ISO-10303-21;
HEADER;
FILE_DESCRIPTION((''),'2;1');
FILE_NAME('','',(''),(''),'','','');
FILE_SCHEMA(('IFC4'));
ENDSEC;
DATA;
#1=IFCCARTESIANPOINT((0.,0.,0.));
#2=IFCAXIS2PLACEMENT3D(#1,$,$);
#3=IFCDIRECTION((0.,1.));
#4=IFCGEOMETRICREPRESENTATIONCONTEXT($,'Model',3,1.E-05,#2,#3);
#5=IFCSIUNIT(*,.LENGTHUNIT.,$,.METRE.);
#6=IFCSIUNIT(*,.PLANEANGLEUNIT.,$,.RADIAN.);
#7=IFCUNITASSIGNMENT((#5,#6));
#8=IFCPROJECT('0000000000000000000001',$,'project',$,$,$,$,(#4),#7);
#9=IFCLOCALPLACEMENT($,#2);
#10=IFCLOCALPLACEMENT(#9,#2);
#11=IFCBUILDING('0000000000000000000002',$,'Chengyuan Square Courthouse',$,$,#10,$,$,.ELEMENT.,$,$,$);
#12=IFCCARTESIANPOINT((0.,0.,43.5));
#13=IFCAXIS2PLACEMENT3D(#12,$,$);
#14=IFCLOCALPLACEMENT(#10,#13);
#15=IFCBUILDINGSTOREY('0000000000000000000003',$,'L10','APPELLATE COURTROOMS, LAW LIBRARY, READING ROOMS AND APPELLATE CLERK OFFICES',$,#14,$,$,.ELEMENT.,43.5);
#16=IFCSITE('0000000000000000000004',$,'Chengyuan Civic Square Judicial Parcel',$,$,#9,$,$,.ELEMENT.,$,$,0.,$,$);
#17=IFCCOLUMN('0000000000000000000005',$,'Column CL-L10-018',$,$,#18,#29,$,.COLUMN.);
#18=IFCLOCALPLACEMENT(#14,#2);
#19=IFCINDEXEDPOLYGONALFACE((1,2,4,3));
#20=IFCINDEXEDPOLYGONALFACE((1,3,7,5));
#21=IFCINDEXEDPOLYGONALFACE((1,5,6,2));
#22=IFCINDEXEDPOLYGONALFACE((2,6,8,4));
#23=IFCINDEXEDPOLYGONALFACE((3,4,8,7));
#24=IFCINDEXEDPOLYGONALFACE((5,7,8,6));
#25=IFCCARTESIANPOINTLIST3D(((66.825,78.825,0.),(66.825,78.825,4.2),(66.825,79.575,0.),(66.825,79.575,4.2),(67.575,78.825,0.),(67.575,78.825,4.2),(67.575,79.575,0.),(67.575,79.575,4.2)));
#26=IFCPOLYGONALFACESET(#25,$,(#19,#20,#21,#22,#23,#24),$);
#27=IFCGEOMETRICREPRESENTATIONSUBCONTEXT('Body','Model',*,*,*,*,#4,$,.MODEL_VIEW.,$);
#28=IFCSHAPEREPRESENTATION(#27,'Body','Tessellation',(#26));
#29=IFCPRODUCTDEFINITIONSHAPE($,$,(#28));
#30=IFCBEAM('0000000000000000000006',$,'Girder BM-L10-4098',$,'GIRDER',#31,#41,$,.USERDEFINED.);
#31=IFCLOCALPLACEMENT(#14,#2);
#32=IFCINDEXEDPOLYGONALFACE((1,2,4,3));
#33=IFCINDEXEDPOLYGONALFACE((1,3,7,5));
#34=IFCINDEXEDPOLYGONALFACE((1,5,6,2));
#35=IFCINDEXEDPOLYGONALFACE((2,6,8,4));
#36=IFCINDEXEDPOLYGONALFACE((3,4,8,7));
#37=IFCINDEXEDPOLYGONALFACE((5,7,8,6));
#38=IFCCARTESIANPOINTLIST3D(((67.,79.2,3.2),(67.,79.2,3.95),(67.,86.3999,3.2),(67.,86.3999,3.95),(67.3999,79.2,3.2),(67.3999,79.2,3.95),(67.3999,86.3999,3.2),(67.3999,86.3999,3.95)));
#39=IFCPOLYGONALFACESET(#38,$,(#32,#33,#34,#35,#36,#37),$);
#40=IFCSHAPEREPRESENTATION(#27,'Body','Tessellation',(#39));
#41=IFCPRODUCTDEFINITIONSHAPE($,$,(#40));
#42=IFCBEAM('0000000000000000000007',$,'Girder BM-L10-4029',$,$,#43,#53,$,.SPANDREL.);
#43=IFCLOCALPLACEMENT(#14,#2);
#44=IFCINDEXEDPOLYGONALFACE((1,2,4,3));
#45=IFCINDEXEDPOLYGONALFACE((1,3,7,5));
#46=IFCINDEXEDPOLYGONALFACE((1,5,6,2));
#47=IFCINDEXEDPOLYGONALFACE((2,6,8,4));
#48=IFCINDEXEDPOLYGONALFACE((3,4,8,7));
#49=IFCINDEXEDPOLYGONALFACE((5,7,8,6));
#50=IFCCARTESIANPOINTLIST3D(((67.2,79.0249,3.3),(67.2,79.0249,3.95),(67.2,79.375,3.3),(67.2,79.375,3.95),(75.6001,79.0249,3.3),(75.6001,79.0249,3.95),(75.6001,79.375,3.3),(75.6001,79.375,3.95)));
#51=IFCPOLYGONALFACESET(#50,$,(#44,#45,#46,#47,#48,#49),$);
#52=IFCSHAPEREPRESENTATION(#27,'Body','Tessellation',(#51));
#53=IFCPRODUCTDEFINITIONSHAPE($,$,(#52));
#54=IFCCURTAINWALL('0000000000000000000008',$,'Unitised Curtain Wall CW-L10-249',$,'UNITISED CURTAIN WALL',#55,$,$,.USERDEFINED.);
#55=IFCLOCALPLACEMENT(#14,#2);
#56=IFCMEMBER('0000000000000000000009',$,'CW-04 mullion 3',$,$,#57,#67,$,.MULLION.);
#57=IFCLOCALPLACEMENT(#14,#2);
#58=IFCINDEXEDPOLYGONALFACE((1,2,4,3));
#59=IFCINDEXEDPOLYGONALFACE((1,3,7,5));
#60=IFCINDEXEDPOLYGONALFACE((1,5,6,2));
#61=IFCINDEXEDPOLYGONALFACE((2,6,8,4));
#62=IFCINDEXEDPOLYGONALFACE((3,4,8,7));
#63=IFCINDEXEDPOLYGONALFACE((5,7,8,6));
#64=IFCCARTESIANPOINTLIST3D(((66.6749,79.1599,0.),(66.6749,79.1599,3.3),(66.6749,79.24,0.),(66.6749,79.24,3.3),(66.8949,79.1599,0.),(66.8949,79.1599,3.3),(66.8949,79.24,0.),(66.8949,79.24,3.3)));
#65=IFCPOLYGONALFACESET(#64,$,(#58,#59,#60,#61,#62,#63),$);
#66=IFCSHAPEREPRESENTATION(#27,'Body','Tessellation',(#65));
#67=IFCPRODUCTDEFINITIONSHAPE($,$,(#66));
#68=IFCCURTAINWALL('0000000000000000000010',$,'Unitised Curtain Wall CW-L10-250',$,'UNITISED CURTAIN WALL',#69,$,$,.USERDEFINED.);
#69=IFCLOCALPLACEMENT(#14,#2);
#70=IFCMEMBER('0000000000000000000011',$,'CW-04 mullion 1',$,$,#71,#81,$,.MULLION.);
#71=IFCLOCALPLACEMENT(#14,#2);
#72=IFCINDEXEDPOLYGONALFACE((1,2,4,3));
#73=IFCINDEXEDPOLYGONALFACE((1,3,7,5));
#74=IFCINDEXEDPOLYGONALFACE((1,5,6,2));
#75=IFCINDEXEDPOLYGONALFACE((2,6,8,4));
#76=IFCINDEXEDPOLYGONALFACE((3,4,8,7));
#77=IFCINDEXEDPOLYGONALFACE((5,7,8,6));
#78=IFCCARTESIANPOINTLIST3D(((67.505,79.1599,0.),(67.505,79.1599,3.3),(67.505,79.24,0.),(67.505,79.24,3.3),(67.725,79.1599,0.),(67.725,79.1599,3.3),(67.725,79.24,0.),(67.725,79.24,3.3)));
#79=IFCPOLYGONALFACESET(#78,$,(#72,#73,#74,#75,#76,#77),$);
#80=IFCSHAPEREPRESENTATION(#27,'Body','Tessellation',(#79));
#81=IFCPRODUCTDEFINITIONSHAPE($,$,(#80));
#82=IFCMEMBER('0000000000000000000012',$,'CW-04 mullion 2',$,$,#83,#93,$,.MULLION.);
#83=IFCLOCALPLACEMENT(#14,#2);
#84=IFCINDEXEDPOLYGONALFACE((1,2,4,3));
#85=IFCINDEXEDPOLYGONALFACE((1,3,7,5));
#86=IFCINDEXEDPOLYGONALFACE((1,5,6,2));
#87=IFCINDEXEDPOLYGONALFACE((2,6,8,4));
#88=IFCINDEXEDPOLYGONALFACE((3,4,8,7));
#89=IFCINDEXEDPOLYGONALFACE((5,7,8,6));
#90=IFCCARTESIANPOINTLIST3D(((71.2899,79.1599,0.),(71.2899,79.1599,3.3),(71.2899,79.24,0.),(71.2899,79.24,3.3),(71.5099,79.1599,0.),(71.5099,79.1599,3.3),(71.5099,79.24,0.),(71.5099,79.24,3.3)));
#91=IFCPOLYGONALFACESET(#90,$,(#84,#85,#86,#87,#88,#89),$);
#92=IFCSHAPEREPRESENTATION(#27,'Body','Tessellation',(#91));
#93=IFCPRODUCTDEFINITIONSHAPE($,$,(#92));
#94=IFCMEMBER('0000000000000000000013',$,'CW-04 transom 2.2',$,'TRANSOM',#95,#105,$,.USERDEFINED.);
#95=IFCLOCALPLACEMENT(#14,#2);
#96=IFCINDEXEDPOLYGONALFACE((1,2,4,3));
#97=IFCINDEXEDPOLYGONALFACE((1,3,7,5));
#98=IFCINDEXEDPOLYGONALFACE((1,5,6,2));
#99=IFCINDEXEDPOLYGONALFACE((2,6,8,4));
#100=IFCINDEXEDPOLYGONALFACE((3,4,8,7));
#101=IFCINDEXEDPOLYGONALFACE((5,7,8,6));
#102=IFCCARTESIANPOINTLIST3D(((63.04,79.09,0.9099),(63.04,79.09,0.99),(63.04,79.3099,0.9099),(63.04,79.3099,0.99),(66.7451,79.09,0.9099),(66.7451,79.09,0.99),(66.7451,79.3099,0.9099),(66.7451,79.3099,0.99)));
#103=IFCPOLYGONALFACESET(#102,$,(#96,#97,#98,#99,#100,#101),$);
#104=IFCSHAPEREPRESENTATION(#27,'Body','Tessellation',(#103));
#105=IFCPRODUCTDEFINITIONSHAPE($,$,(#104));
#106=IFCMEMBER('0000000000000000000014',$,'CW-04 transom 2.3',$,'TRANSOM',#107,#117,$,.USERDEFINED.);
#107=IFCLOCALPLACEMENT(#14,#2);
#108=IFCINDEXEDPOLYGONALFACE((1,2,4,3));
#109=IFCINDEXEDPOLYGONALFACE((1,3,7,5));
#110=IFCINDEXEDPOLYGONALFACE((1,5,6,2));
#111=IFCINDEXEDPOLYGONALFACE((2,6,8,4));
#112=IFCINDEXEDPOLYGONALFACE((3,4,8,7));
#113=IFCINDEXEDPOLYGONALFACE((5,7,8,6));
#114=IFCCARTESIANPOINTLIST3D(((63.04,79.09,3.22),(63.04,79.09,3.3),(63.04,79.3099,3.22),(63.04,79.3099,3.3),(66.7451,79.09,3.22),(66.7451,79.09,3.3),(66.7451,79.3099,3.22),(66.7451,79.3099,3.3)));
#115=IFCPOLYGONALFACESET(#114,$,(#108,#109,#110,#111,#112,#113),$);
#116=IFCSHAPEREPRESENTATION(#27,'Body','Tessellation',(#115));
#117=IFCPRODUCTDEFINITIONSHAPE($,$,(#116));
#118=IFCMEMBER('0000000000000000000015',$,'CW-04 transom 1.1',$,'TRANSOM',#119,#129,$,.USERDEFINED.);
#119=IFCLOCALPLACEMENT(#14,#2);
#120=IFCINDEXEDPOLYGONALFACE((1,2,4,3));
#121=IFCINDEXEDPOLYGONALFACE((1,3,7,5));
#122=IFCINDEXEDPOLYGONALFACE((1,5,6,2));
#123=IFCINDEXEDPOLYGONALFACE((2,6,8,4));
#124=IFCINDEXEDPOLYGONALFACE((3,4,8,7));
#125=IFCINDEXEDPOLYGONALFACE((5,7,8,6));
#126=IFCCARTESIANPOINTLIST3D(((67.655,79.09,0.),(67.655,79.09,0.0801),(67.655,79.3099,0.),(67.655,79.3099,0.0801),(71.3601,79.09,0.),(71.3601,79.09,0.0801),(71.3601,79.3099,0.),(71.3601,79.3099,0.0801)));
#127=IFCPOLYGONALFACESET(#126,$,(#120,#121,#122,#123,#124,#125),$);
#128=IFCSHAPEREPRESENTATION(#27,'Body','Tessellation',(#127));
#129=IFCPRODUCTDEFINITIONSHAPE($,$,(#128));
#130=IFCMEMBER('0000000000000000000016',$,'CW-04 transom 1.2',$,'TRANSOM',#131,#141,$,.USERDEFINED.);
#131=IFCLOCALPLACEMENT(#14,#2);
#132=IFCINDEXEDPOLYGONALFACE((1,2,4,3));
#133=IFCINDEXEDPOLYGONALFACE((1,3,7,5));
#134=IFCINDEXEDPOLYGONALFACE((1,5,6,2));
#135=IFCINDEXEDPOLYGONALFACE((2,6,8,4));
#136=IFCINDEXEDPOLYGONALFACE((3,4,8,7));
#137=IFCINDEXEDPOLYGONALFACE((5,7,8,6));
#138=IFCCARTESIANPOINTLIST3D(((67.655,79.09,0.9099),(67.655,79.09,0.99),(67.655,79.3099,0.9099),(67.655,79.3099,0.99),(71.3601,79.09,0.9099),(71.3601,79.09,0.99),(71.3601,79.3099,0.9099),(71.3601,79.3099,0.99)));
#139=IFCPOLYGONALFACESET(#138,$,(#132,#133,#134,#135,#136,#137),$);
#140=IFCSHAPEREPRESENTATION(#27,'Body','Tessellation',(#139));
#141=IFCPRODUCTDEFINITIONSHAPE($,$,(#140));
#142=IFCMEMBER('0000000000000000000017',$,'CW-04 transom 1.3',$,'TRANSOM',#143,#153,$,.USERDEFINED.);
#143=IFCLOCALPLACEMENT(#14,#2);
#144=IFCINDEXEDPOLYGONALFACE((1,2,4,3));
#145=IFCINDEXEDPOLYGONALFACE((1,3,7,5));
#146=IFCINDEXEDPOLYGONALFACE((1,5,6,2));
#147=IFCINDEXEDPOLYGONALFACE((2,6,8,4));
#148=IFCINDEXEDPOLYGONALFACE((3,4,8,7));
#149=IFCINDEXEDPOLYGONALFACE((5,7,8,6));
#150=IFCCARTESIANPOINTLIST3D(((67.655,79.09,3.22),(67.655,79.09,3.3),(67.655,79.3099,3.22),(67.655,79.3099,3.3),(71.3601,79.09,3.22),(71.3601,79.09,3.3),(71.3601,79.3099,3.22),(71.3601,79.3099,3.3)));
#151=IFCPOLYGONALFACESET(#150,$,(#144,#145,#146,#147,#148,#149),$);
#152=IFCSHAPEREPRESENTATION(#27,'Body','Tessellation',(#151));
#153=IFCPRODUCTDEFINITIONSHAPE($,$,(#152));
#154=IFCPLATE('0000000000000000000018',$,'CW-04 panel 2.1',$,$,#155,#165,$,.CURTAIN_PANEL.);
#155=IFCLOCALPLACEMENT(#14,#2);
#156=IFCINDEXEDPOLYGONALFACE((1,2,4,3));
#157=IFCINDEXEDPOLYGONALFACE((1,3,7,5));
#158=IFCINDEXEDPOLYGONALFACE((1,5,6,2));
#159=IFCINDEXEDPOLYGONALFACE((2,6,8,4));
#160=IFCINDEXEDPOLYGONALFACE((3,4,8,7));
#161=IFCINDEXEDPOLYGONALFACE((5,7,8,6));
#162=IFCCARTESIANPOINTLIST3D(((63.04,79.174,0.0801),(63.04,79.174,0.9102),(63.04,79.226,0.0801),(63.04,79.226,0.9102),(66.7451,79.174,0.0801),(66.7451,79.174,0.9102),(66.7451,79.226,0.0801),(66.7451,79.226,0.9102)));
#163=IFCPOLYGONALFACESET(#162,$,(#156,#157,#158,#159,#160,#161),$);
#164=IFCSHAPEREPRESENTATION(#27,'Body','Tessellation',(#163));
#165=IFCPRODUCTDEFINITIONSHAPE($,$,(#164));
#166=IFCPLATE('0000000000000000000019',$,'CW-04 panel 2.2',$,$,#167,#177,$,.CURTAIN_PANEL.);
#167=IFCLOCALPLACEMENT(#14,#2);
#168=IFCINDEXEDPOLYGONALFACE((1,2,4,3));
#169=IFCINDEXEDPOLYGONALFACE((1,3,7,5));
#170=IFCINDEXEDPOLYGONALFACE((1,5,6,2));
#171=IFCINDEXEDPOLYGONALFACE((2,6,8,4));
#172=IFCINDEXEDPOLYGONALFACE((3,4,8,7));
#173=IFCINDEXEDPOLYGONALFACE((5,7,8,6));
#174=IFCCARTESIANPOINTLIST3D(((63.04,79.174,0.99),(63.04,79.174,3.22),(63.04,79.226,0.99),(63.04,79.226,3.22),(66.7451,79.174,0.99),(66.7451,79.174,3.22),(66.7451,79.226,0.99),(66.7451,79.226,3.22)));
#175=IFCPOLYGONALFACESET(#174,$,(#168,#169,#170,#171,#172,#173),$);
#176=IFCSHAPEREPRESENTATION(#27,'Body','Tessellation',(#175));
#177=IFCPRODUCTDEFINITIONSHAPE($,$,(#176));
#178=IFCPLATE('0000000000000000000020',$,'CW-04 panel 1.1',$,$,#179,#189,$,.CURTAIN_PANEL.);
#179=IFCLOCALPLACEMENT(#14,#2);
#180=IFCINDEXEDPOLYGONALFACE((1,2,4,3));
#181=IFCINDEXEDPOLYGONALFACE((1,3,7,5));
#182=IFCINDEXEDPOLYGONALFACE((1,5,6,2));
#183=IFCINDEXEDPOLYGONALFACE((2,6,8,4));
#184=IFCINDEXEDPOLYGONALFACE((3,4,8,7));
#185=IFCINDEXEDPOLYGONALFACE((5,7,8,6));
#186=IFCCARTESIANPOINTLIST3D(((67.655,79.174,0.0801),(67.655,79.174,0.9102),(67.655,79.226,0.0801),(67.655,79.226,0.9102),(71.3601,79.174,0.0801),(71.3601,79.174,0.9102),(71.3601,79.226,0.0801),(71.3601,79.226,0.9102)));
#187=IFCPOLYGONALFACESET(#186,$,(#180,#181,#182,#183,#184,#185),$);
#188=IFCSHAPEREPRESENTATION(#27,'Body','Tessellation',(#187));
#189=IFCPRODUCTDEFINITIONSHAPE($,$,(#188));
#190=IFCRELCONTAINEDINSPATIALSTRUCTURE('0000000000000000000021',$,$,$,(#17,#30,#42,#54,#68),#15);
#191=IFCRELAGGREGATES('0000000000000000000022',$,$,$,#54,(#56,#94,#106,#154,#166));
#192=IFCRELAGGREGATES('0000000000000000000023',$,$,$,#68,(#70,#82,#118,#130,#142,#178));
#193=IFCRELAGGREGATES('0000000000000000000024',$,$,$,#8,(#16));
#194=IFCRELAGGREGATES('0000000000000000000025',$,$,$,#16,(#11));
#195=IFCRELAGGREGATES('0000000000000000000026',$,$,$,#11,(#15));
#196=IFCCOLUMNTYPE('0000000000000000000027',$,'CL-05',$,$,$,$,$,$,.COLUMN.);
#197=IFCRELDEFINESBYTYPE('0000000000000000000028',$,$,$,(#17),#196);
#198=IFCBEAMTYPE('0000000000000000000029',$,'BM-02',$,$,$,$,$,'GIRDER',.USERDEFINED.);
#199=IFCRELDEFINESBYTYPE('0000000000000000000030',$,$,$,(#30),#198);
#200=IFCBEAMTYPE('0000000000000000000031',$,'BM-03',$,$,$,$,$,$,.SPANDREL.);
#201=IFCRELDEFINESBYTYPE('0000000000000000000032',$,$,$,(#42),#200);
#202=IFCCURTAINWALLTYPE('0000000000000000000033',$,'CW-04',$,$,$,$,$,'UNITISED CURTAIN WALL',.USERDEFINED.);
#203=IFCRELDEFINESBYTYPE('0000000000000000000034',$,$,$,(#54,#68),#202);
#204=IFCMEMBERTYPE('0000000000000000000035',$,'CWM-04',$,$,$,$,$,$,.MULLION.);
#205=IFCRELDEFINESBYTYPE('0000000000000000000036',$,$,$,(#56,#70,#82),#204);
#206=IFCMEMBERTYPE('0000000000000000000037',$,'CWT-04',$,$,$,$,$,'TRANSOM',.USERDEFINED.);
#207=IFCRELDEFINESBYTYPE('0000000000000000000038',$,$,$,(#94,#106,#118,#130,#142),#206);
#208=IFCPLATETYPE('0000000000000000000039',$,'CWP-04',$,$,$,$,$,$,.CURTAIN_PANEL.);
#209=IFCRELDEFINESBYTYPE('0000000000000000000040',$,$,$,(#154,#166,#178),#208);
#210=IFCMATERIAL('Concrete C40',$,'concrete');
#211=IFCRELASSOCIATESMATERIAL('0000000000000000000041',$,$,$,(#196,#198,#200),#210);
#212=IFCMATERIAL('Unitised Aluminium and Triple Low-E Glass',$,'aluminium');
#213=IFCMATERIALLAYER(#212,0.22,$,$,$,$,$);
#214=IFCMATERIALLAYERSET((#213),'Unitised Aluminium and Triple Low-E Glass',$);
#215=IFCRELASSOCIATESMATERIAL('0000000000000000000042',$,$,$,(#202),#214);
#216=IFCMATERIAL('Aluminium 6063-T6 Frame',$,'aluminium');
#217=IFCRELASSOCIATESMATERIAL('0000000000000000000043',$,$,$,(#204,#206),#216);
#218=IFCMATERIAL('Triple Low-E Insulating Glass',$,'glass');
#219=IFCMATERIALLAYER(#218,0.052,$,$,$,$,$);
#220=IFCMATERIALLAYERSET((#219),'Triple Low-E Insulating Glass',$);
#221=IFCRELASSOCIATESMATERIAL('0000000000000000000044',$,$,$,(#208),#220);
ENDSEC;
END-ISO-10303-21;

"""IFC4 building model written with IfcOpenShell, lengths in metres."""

from ifc_helpers import new_model, si_unit, direction, frame, origin, origin_2d, place, context, subcontext, project, spatial, rectangle, extrude, material, layer, layer_set, material_profile, profile_set, type_object, element, aggregate, save


model = new_model("IFC4")

# Units and contexts
model_context = context("Model", 3, precision=1e-05, world=origin(), true_north=direction((0.0, 1.0)))
body_context = subcontext(model_context, "Body", "Model", "MODEL_VIEW")
ifc_project = project(units=[si_unit("LENGTHUNIT", "METRE"), si_unit("PLANEANGLEUNIT", "RADIAN")], contexts=[model_context])

# Site, building, storey
site_placement = place(None, origin())
site = spatial("IfcSite", under=ifc_project, at=site_placement, Name="Chengyuan Civic Square Judicial Parcel", CompositionType="ELEMENT", RefElevation=0.0)
building_placement = place(site_placement, origin())
building = spatial("IfcBuilding", under=site, at=building_placement, Name="Chengyuan Square Courthouse", CompositionType="ELEMENT")
storey_placement = place(building_placement, frame((0.0, 0.0, 43.5)))
storey = spatial("IfcBuildingStorey", under=building, at=storey_placement, Name="L10", Description="APPELLATE COURTROOMS, LAW LIBRARY, READING ROOMS AND APPELLATE CLERK OFFICES", CompositionType="ELEMENT", Elevation=43.5)

# Column
ifc_material_1 = material(Name="Concrete C40", Category="concrete")
ifc_material_profile_1 = material_profile(ifc_material_1, rectangle(XDim=0.75, YDim=0.75, at=origin_2d()), Name="RC-COL-750x750")
ifc_profile_set_1 = profile_set([ifc_material_profile_1], Name="Concrete C40")
column_type = type_object("IfcColumnType", Name="CL-05", PredefinedType="COLUMN", material=ifc_profile_set_1)
column_placement = place(storey_placement, frame((67.2, 79.2, 0.0), z_axis=(0.0, 0.0, 1.0), x_axis=(1.0, 0.0, 0.0)))
element("IfcColumn", 1, at=column_placement, inside=storey, type_object=column_type, Name="Column CL-L10-018", PredefinedType="COLUMN", context=body_context, shape_type="SweptSolid", body=[
    extrude(rectangle(XDim=0.75, YDim=0.75, at=origin_2d()), origin(), (0.0, 0.0, 1.0), 4.2),
])

# Beams
ifc_material_profile_2 = material_profile(ifc_material_1, rectangle(XDim=0.3999, YDim=0.75, at=origin_2d()), Name="RC-BM-400x750")
ifc_profile_set_2 = profile_set([ifc_material_profile_2], Name="Concrete C40")
beam_type_1 = type_object("IfcBeamType", Name="BM-02", ElementType="GIRDER", PredefinedType="USERDEFINED", material=ifc_profile_set_2)
beam_1_placement = place(storey_placement, frame((67.2, 79.2, 3.575), z_axis=(0.0, 1.0, 0.0), x_axis=(-1.0, 0.0, 0.0)))
element("IfcBeam", 2, at=beam_1_placement, inside=storey, type_object=beam_type_1, Name="Girder BM-L10-4098", ObjectType="GIRDER", PredefinedType="USERDEFINED", context=body_context, shape_type="SweptSolid", body=[
    extrude(rectangle(XDim=0.3999, YDim=0.75, at=origin_2d()), origin(), (0.0, 0.0, 1.0), 7.2),
])
ifc_material_profile_3 = material_profile(ifc_material_1, rectangle(XDim=0.3501, YDim=0.6499, at=origin_2d()), Name="RC-BM-350x650")
ifc_profile_set_3 = profile_set([ifc_material_profile_3], Name="Concrete C40")
beam_type_2 = type_object("IfcBeamType", Name="BM-03", PredefinedType="SPANDREL", material=ifc_profile_set_3)
beam_2_placement = place(storey_placement, frame((67.2, 79.2, 3.625), z_axis=(1.0, 0.0, 0.0), x_axis=(0.0, 1.0, 0.0)))
element("IfcBeam", 3, at=beam_2_placement, inside=storey, type_object=beam_type_2, Name="Girder BM-L10-4029", PredefinedType="SPANDREL", context=body_context, shape_type="SweptSolid", body=[
    extrude(rectangle(XDim=0.3501, YDim=0.6499, at=origin_2d()), origin(), (0.0, 0.0, 1.0), 8.4001),
])

# Curtain wall, member
ifc_material_2 = material(Name="Unitised Aluminium and Triple Low-E Glass", Category="aluminium")
ifc_layer_1 = layer(ifc_material_2, 0.22)
ifc_layer_set_1 = layer_set([ifc_layer_1], Name="Unitised Aluminium and Triple Low-E Glass")
curtain_wall_type = type_object("IfcCurtainWallType", Name="CW-04", ElementType="UNITISED CURTAIN WALL", PredefinedType="USERDEFINED", material=ifc_layer_set_1)
curtain_wall_1_placement = place(storey_placement, origin())
curtain_wall_1 = element("IfcCurtainWall", 4, at=curtain_wall_1_placement, inside=storey, type_object=curtain_wall_type, Name="Unitised Curtain Wall CW-L10-249", ObjectType="UNITISED CURTAIN WALL", PredefinedType="USERDEFINED")
ifc_material_3 = material(Name="Aluminium 6063-T6 Frame", Category="aluminium")
ifc_material_profile_4 = material_profile(ifc_material_3, rectangle(XDim=0.0801, YDim=0.22, at=origin_2d()), Name="CW-MUL-80x220")
ifc_profile_set_4 = profile_set([ifc_material_profile_4], Name="Aluminium 6063-T6 Frame")
member_type_1 = type_object("IfcMemberType", Name="CWM-04", PredefinedType="MULLION", material=ifc_profile_set_4)
member_1_placement = place(storey_placement, frame((66.7849, 79.2, 0.0), z_axis=(0.0, 0.0, 1.0), x_axis=(0.0, 1.0, 0.0)))
member_1 = element("IfcMember", 5, at=member_1_placement, type_object=member_type_1, Name="CW-04 mullion 3", PredefinedType="MULLION", context=body_context, shape_type="SweptSolid", body=[
    extrude(rectangle(XDim=0.0801, YDim=0.22, at=origin_2d()), origin(), (0.0, 0.0, 1.0), 3.3),
])

# Curtain wall, members
curtain_wall_2_placement = place(storey_placement, origin())
curtain_wall_2 = element("IfcCurtainWall", 6, at=curtain_wall_2_placement, inside=storey, type_object=curtain_wall_type, Name="Unitised Curtain Wall CW-L10-250", ObjectType="UNITISED CURTAIN WALL", PredefinedType="USERDEFINED")
member_2_placement = place(storey_placement, frame((67.615, 79.2, 0.0), z_axis=(0.0, 0.0, 1.0), x_axis=(0.0, 1.0, 0.0)))
member_2 = element("IfcMember", 7, at=member_2_placement, type_object=member_type_1, Name="CW-04 mullion 1", PredefinedType="MULLION", context=body_context, shape_type="SweptSolid", body=[
    extrude(rectangle(XDim=0.0801, YDim=0.22, at=origin_2d()), origin(), (0.0, 0.0, 1.0), 3.3),
])
member_3_placement = place(storey_placement, frame((71.3999, 79.2, 0.0), z_axis=(0.0, 0.0, 1.0), x_axis=(0.0, 1.0, 0.0)))
member_3 = element("IfcMember", 8, at=member_3_placement, type_object=member_type_1, Name="CW-04 mullion 2", PredefinedType="MULLION", context=body_context, shape_type="SweptSolid", body=[
    extrude(rectangle(XDim=0.0801, YDim=0.22, at=origin_2d()), origin(), (0.0, 0.0, 1.0), 3.3),
])

# Members
ifc_material_profile_5 = material_profile(ifc_material_3, rectangle(XDim=0.22, YDim=0.0801, at=origin_2d()), Name="CW-TRN-80x180")
ifc_profile_set_5 = profile_set([ifc_material_profile_5], Name="Aluminium 6063-T6 Frame")
member_type_2 = type_object("IfcMemberType", Name="CWT-04", ElementType="TRANSOM", PredefinedType="USERDEFINED", material=ifc_profile_set_5)
member_4_placement = place(storey_placement, frame((63.04, 79.2, 0.95), z_axis=(1.0, 0.0, 0.0), x_axis=(0.0, 1.0, 0.0)))
member_4 = element("IfcMember", 9, at=member_4_placement, type_object=member_type_2, Name="CW-04 transom 2.2", ObjectType="TRANSOM", PredefinedType="USERDEFINED", context=body_context, shape_type="SweptSolid", body=[
    extrude(rectangle(XDim=0.22, YDim=0.0801, at=origin_2d()), origin(), (0.0, 0.0, 1.0), 3.7051),
])
member_5_placement = place(storey_placement, frame((63.04, 79.2, 3.26), z_axis=(1.0, 0.0, 0.0), x_axis=(0.0, 1.0, 0.0)))
member_5 = element("IfcMember", 10, at=member_5_placement, type_object=member_type_2, Name="CW-04 transom 2.3", ObjectType="TRANSOM", PredefinedType="USERDEFINED", context=body_context, shape_type="SweptSolid", body=[
    extrude(rectangle(XDim=0.22, YDim=0.0801, at=origin_2d()), origin(), (0.0, 0.0, 1.0), 3.7051),
])
member_6_placement = place(storey_placement, frame((67.655, 79.2, 0.04), z_axis=(1.0, 0.0, 0.0), x_axis=(0.0, 1.0, 0.0)))
member_6 = element("IfcMember", 11, at=member_6_placement, type_object=member_type_2, Name="CW-04 transom 1.1", ObjectType="TRANSOM", PredefinedType="USERDEFINED", context=body_context, shape_type="SweptSolid", body=[
    extrude(rectangle(XDim=0.22, YDim=0.0801, at=origin_2d()), origin(), (0.0, 0.0, 1.0), 3.7051),
])
member_7_placement = place(storey_placement, frame((67.655, 79.2, 0.95), z_axis=(1.0, 0.0, 0.0), x_axis=(0.0, 1.0, 0.0)))
member_7 = element("IfcMember", 12, at=member_7_placement, type_object=member_type_2, Name="CW-04 transom 1.2", ObjectType="TRANSOM", PredefinedType="USERDEFINED", context=body_context, shape_type="SweptSolid", body=[
    extrude(rectangle(XDim=0.22, YDim=0.0801, at=origin_2d()), origin(), (0.0, 0.0, 1.0), 3.7051),
])
member_8_placement = place(storey_placement, frame((67.655, 79.2, 3.26), z_axis=(1.0, 0.0, 0.0), x_axis=(0.0, 1.0, 0.0)))
member_8 = element("IfcMember", 13, at=member_8_placement, type_object=member_type_2, Name="CW-04 transom 1.3", ObjectType="TRANSOM", PredefinedType="USERDEFINED", context=body_context, shape_type="SweptSolid", body=[
    extrude(rectangle(XDim=0.22, YDim=0.0801, at=origin_2d()), origin(), (0.0, 0.0, 1.0), 3.7051),
])

# Plates
ifc_material_4 = material(Name="Triple Low-E Insulating Glass", Category="glass")
ifc_layer_2 = layer(ifc_material_4, 0.052)
ifc_layer_set_2 = layer_set([ifc_layer_2], Name="Triple Low-E Insulating Glass")
plate_type = type_object("IfcPlateType", Name="CWP-04", PredefinedType="CURTAIN_PANEL", material=ifc_layer_set_2)
plate_1_placement = place(storey_placement, frame((64.8926, 79.2, 0.0801), z_axis=(0.0, 0.0, 1.0), x_axis=(1.0, 0.0, 0.0)))
plate_1 = element("IfcPlate", 14, at=plate_1_placement, type_object=plate_type, Name="CW-04 panel 2.1", PredefinedType="CURTAIN_PANEL", context=body_context, shape_type="SweptSolid", body=[
    extrude(rectangle(XDim=3.7051, YDim=0.052, at=origin_2d()), origin(), (0.0, 0.0, 1.0), 0.8301),
])
plate_2_placement = place(storey_placement, frame((64.8926, 79.2, 0.99), z_axis=(0.0, 0.0, 1.0), x_axis=(1.0, 0.0, 0.0)))
plate_2 = element("IfcPlate", 15, at=plate_2_placement, type_object=plate_type, Name="CW-04 panel 2.2", PredefinedType="CURTAIN_PANEL", context=body_context, shape_type="SweptSolid", body=[
    extrude(rectangle(XDim=3.7051, YDim=0.052, at=origin_2d()), origin(), (0.0, 0.0, 1.0), 2.23),
])
aggregate(curtain_wall_1, [member_1, member_4, member_5, plate_1, plate_2])
plate_3_placement = place(storey_placement, frame((69.5076, 79.2, 0.0801), z_axis=(0.0, 0.0, 1.0), x_axis=(1.0, 0.0, 0.0)))
plate_3 = element("IfcPlate", 16, at=plate_3_placement, type_object=plate_type, Name="CW-04 panel 1.1", PredefinedType="CURTAIN_PANEL", context=body_context, shape_type="SweptSolid", body=[
    extrude(rectangle(XDim=3.7051, YDim=0.052, at=origin_2d()), origin(), (0.0, 0.0, 1.0), 0.8301),
])
aggregate(curtain_wall_2, [member_2, member_3, member_6, member_7, member_8, plate_3])

save(model, "model.ifc")
